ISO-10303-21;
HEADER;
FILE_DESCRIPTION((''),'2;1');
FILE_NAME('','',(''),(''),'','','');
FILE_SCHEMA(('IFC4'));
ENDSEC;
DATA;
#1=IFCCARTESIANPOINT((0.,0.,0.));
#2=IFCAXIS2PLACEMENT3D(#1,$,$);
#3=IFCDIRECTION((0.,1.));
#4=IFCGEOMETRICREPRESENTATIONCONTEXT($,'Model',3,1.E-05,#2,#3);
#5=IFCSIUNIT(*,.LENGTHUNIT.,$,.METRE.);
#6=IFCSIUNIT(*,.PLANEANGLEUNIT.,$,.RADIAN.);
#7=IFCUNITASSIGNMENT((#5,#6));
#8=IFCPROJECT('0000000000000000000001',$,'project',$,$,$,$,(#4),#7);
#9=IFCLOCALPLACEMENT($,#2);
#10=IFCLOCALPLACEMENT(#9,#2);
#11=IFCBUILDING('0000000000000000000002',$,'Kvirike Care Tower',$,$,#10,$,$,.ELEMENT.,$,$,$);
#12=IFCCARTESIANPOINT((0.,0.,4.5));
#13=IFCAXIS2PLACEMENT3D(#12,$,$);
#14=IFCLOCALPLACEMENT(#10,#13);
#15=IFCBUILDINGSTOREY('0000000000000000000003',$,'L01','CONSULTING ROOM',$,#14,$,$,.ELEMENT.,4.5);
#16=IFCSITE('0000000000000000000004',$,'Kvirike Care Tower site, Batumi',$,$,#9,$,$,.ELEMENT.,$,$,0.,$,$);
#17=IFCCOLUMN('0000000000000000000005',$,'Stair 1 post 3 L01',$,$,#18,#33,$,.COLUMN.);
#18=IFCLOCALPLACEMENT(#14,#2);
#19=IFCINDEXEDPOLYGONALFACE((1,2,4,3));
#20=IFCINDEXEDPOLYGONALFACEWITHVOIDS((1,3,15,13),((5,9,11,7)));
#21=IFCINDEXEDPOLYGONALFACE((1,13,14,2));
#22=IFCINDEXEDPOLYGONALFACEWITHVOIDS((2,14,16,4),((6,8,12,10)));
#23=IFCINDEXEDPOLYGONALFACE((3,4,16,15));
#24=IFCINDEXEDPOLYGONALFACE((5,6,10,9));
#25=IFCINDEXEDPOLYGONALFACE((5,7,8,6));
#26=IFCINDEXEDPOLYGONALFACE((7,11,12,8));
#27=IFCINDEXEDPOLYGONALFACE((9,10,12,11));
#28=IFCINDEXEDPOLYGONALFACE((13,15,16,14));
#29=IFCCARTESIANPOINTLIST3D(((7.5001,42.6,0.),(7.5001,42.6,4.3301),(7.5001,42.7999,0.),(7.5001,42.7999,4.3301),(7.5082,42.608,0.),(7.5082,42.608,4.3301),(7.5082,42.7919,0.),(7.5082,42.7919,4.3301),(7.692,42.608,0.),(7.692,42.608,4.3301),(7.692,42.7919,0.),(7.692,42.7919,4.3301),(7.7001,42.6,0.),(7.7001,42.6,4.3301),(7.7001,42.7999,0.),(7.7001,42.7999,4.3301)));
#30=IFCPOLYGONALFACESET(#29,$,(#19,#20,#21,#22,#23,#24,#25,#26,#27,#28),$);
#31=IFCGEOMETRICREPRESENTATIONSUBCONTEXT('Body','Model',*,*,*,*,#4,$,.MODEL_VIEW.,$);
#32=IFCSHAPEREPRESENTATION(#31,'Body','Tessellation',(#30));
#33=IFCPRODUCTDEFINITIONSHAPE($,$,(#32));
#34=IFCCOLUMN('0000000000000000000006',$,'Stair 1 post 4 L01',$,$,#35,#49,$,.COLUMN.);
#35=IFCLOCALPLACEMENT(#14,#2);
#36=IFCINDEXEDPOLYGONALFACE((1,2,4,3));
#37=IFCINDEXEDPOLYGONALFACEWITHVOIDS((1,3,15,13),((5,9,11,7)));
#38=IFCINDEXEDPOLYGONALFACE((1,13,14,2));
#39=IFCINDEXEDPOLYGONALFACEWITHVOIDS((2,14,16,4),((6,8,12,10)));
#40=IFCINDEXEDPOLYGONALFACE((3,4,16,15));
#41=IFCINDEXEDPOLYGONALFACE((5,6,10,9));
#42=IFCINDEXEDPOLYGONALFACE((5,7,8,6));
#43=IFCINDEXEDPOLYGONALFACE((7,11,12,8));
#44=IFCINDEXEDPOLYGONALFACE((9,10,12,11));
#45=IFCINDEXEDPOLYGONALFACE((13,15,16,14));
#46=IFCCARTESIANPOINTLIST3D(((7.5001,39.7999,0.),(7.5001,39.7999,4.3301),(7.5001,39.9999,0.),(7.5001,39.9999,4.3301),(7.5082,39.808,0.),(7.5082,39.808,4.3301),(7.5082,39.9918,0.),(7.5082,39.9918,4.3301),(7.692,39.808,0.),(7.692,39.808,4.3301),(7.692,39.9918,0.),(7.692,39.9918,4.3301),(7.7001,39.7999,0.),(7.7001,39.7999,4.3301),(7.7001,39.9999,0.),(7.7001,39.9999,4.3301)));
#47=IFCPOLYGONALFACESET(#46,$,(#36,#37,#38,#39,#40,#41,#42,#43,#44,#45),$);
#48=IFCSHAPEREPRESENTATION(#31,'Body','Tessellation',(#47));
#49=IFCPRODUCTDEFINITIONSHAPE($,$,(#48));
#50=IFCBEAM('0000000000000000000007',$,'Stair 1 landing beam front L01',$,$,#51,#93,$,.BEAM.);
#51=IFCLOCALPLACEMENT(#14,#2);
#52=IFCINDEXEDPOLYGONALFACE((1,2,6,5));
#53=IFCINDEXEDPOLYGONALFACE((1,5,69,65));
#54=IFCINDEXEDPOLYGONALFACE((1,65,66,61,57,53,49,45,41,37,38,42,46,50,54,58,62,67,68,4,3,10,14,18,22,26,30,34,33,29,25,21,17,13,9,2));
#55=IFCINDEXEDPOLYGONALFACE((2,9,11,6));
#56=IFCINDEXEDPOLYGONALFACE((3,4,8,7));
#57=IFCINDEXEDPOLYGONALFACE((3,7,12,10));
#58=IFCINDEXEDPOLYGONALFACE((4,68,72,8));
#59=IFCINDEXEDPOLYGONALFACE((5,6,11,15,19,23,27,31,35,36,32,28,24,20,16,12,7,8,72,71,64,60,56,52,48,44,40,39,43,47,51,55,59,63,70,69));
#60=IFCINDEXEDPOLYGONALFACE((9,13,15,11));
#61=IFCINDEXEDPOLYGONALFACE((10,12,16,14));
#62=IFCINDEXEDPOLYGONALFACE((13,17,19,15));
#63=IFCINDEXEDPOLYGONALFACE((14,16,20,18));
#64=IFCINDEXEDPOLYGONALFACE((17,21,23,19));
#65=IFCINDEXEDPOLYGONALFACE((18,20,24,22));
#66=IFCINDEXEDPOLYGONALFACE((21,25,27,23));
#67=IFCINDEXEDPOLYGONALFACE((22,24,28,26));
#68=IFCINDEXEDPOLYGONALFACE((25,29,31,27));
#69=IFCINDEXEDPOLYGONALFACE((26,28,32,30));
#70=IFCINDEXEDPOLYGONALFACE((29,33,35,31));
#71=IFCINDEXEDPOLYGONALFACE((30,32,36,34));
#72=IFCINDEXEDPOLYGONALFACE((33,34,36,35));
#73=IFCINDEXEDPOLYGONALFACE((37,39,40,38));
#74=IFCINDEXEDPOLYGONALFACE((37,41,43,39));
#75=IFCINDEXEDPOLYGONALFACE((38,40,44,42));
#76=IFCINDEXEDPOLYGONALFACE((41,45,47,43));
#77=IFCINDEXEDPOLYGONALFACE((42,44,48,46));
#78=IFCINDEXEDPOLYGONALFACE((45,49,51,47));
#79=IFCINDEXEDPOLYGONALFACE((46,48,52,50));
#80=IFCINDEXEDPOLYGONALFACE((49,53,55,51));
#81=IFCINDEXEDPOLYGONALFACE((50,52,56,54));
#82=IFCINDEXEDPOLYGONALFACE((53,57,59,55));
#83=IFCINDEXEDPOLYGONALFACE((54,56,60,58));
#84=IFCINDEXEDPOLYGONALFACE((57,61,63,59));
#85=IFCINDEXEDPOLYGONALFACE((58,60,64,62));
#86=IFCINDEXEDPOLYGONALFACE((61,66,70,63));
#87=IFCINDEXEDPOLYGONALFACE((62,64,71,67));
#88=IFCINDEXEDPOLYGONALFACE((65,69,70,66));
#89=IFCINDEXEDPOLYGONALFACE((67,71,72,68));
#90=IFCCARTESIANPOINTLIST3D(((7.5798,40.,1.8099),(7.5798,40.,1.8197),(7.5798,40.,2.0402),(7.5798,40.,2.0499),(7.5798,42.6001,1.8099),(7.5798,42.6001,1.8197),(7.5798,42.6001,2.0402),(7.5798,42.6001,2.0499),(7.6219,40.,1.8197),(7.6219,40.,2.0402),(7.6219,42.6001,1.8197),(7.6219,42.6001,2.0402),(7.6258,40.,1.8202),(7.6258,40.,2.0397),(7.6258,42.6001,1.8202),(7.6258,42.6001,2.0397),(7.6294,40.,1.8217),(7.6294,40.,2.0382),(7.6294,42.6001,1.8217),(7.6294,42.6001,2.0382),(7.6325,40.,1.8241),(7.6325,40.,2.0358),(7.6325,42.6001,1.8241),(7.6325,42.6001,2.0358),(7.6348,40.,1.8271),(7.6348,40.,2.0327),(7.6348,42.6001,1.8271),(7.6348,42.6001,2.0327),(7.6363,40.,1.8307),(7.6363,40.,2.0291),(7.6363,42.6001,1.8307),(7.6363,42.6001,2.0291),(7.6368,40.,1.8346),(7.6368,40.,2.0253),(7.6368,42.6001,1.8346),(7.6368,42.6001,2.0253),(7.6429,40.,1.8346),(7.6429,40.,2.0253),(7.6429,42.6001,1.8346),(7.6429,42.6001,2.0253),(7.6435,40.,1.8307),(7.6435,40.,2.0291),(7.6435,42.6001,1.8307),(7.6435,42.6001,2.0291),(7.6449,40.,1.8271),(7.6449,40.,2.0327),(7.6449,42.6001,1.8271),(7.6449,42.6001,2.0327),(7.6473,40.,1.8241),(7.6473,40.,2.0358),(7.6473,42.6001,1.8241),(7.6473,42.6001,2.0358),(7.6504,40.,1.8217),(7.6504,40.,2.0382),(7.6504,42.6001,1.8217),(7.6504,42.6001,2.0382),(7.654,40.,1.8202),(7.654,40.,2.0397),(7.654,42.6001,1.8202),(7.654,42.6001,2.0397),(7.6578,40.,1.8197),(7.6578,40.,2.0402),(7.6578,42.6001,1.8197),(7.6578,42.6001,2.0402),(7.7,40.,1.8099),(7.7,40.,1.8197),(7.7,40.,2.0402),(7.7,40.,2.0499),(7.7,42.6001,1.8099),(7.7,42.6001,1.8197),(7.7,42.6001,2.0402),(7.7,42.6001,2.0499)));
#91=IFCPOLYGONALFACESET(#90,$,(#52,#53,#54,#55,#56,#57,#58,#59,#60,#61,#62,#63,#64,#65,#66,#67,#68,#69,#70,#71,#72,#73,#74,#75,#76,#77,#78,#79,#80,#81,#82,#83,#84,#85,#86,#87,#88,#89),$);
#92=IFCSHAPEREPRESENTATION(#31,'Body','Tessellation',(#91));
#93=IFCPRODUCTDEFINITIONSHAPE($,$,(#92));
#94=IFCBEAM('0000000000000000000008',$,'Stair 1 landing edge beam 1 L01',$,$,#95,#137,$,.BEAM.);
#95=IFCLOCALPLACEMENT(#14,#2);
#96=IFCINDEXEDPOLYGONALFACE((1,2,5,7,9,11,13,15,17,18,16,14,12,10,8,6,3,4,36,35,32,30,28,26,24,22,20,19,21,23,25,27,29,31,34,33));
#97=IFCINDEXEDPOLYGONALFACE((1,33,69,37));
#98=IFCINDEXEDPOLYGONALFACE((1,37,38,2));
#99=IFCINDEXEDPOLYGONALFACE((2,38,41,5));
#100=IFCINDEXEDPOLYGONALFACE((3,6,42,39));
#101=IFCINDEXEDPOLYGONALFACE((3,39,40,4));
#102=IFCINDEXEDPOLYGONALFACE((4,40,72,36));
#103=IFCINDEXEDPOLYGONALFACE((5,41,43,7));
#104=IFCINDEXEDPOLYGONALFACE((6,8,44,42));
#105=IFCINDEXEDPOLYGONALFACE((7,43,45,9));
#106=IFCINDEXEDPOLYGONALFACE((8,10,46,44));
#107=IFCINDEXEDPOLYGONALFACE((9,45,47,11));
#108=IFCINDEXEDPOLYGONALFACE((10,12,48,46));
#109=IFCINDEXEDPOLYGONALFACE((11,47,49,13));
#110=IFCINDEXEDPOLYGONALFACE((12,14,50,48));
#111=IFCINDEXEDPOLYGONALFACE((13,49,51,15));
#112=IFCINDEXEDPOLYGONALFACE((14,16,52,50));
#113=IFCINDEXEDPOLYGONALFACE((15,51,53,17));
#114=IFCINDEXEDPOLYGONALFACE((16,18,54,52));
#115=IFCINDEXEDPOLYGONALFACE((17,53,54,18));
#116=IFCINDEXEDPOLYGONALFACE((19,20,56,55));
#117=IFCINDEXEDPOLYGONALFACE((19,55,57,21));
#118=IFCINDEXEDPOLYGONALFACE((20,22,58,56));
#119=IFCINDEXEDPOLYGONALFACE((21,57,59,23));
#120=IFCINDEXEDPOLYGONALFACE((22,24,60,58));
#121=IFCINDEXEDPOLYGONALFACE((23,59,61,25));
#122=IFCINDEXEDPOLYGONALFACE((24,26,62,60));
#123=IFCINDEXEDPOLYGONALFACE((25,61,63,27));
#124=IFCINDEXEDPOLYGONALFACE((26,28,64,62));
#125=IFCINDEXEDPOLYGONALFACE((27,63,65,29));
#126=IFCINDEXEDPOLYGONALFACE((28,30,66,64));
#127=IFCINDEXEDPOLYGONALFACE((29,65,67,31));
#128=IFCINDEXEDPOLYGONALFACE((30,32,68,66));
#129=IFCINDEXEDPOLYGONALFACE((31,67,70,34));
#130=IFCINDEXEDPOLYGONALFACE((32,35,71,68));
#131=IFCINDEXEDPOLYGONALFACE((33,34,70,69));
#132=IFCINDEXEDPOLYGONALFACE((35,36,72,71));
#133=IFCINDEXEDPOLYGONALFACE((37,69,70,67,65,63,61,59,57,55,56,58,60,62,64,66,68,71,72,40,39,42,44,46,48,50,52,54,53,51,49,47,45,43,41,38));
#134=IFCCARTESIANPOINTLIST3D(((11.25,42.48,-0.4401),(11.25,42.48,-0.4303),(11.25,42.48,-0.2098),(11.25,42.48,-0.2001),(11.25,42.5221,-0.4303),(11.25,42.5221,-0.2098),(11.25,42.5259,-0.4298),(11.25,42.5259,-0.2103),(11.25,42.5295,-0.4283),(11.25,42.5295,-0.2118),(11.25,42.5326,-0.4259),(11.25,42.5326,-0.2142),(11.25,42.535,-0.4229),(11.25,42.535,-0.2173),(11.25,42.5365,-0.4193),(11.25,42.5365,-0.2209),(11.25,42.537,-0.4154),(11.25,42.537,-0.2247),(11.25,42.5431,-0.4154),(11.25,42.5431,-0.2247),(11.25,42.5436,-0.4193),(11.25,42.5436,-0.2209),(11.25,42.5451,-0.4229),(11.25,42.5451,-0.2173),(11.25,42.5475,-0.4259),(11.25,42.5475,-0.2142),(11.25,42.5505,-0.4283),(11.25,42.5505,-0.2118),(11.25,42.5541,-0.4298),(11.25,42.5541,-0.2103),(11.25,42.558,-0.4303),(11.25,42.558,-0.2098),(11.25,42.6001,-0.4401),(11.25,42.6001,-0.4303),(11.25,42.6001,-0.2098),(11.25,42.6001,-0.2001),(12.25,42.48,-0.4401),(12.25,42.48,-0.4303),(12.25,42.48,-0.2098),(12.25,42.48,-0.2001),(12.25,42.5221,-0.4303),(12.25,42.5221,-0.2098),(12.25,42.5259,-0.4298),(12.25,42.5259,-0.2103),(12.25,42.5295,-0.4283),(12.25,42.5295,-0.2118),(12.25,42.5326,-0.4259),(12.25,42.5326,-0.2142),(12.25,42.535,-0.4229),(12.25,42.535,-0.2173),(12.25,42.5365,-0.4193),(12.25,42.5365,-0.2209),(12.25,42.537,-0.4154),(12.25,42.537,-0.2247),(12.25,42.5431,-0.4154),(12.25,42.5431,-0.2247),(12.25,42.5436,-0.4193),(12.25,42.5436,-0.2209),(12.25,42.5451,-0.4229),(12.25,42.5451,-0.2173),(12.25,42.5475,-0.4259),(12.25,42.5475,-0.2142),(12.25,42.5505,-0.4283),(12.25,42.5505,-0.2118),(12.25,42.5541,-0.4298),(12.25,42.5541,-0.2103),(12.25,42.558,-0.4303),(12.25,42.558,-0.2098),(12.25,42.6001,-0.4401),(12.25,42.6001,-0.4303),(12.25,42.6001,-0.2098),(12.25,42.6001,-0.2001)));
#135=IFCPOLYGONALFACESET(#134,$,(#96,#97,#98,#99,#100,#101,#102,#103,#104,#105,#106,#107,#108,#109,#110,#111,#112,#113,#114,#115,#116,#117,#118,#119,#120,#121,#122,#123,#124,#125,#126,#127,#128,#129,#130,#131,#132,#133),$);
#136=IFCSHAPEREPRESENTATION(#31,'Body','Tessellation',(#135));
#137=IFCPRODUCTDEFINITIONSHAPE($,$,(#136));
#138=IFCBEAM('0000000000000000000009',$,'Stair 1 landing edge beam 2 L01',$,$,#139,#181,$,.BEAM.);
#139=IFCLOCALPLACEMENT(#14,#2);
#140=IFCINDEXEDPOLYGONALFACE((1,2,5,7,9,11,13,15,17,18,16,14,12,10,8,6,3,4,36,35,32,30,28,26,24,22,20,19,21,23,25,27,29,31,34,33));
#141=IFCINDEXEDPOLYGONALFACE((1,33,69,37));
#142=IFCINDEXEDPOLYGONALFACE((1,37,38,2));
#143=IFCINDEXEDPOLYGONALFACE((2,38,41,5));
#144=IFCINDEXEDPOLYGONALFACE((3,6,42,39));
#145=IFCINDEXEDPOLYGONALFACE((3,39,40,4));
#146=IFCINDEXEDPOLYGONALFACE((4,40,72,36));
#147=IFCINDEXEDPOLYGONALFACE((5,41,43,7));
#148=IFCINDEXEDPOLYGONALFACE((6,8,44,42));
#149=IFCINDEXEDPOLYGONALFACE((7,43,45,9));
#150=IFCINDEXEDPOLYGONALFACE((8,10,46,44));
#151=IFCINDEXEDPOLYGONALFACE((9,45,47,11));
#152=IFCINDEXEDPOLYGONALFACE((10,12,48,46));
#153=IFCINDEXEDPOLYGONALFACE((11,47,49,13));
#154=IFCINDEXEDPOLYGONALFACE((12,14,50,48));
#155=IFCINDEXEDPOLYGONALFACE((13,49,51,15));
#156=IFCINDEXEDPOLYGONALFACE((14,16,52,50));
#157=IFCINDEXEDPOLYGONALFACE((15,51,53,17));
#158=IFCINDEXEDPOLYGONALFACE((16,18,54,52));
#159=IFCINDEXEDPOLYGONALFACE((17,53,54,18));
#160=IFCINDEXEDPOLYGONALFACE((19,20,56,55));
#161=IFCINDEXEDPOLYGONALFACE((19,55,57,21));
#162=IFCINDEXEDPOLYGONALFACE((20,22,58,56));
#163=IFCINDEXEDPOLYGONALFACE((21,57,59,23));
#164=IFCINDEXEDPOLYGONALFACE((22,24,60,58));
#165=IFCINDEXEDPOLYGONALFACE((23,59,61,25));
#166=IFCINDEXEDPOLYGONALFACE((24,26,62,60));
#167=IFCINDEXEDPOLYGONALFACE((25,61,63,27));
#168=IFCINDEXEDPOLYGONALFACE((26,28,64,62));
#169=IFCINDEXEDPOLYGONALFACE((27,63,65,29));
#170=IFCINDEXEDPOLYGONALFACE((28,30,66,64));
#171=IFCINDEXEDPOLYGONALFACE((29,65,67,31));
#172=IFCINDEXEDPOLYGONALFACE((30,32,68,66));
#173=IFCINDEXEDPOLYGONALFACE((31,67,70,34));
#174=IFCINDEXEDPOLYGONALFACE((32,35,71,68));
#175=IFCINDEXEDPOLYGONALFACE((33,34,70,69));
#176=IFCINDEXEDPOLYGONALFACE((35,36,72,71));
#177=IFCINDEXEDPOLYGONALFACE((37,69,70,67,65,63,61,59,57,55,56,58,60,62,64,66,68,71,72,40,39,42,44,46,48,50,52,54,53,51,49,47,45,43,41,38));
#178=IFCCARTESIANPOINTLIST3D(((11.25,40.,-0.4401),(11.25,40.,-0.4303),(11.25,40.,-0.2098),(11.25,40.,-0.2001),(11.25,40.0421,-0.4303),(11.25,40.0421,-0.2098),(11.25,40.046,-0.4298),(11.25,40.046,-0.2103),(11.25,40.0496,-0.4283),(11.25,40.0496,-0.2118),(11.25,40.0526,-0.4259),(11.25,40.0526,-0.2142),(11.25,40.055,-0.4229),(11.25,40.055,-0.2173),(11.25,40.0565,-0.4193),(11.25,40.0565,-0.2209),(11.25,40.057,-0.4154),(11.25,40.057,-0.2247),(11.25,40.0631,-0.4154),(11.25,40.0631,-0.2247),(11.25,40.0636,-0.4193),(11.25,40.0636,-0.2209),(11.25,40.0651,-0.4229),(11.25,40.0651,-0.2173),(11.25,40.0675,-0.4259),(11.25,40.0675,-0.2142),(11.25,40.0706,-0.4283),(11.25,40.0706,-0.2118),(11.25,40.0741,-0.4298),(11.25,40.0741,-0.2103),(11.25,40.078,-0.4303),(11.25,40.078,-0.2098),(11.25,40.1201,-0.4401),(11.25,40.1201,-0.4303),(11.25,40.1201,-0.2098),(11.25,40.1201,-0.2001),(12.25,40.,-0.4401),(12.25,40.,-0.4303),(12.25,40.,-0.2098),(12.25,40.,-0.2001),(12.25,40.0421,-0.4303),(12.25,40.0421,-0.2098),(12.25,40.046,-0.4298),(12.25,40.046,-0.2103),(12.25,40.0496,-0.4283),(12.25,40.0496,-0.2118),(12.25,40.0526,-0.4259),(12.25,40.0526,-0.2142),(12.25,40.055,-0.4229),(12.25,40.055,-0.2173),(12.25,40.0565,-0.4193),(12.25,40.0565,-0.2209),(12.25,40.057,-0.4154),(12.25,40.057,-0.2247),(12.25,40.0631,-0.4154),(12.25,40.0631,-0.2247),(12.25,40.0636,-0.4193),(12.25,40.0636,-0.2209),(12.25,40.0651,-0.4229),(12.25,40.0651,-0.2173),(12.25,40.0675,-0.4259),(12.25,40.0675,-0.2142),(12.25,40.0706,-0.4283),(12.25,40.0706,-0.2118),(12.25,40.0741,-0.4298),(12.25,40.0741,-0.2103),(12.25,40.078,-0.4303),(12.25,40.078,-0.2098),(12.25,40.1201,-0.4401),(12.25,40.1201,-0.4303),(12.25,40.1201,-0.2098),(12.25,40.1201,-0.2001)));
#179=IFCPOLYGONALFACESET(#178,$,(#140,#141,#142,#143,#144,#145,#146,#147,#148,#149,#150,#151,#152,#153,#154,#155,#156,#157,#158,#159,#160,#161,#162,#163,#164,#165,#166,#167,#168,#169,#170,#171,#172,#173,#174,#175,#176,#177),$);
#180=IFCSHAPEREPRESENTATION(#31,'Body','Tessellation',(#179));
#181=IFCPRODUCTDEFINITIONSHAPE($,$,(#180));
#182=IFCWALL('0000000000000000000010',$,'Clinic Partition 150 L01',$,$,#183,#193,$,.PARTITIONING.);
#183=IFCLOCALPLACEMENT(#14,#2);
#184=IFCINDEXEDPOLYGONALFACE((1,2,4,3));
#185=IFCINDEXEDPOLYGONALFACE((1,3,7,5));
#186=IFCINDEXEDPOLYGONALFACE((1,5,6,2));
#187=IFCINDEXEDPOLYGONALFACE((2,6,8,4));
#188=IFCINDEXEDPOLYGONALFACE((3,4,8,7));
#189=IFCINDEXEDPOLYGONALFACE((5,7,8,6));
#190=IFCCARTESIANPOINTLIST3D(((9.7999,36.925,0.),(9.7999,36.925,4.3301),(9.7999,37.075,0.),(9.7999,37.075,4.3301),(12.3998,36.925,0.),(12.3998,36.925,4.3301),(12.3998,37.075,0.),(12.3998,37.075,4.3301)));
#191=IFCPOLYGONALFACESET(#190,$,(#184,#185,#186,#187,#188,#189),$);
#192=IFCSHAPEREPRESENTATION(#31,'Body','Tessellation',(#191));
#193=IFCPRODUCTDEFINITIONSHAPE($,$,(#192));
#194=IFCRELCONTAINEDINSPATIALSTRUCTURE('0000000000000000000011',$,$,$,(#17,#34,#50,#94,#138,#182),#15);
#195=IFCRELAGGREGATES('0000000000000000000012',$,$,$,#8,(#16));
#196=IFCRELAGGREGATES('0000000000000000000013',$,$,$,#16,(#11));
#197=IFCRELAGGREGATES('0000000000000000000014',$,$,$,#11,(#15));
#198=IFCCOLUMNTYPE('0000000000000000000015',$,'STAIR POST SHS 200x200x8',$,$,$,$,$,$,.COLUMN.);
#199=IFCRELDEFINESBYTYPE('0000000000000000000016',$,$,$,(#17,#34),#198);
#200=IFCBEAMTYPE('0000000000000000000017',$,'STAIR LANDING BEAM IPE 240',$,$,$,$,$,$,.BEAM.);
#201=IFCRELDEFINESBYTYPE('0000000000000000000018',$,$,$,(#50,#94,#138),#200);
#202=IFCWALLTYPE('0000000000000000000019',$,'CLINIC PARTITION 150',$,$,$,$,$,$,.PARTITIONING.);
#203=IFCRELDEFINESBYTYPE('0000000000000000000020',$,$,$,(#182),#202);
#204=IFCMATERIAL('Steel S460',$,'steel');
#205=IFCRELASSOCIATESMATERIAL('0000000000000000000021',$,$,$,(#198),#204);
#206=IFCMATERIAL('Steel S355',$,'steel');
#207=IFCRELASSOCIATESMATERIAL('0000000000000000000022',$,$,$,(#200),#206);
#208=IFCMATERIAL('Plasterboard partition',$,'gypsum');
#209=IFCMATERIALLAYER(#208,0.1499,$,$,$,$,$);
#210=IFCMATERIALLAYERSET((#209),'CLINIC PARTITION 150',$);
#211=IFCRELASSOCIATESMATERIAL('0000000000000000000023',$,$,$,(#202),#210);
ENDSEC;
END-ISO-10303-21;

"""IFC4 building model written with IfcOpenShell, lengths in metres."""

from ifc_helpers import new_model, si_unit, direction, frame, frame_2d, origin, origin_2d, place, context, subcontext, project, spatial, rectangle, hollow_rectangle, i_section, extrude, material, layer, layer_set, material_profile, profile_set, type_object, element, save


model = new_model("IFC4")

# Units and contexts
model_context = context("Model", 3, precision=1e-05, world=origin(), true_north=direction((0.0, 1.0)))
body_context = subcontext(model_context, "Body", "Model", "MODEL_VIEW")
ifc_project = project(units=[si_unit("LENGTHUNIT", "METRE"), si_unit("PLANEANGLEUNIT", "RADIAN")], contexts=[model_context])

# Site, building, storey
site_placement = place(None, origin())
site = spatial("IfcSite", under=ifc_project, at=site_placement, Name="Kvirike Care Tower site, Batumi", CompositionType="ELEMENT", RefElevation=0.0)
building_placement = place(site_placement, origin())
building = spatial("IfcBuilding", under=site, at=building_placement, Name="Kvirike Care Tower", CompositionType="ELEMENT")
storey_placement = place(building_placement, frame((0.0, 0.0, 4.5)))
storey = spatial("IfcBuildingStorey", under=building, at=storey_placement, Name="L01", Description="CONSULTING ROOM", CompositionType="ELEMENT", Elevation=4.5)

# Columns
ifc_material_1 = material(Name="Steel S460", Category="steel")
ifc_material_profile_1 = material_profile(ifc_material_1, hollow_rectangle(XDim=0.2, YDim=0.2, WallThickness=0.0081, at=origin_2d()), Name="SHS 200x200x8")
ifc_profile_set_1 = profile_set([ifc_material_profile_1], Name="Steel S460")
column_type = type_object("IfcColumnType", Name="STAIR POST SHS 200x200x8", PredefinedType="COLUMN", material=ifc_profile_set_1)
for number, where, z_axis, x_axis, name in (
    (1, (7.6001, 42.7, 0.0), (0.0, 0.0, 1.0), (1.0, 0.0, 0.0), "Stair 1 post 3 L01"),
    (2, (7.6001, 39.8999, 0.0), (0.0, 0.0, 1.0), (1.0, 0.0, 0.0), "Stair 1 post 4 L01"),
):
    element("IfcColumn", number, at=place(storey_placement, frame(where, z_axis=z_axis, x_axis=x_axis)), inside=storey, type_object=column_type, Name=name, PredefinedType="COLUMN", context=body_context, shape_type="SweptSolid", body=[
        extrude(hollow_rectangle(XDim=0.2, YDim=0.2, WallThickness=0.0081, at=origin_2d()), origin(), (0.0, 0.0, 1.0), 4.3301),
    ])

# Beams
ifc_material_2 = material(Name="Steel S355", Category="steel")
ifc_material_profile_2 = material_profile(ifc_material_2, i_section(OverallWidth=0.1201, OverallDepth=0.24, WebThickness=0.0061, FlangeThickness=0.0098, FilletRadius=0.0149, at=origin_2d()), Name="IPE 240")
ifc_profile_set_2 = profile_set([ifc_material_profile_2], Name="Steel S355")
beam_type = type_object("IfcBeamType", Name="STAIR LANDING BEAM IPE 240", PredefinedType="BEAM", material=ifc_profile_set_2)
beam_placement = place(storey_placement, frame((7.6399, 42.6001, 1.9299), z_axis=(0.0, -1.0, 0.0), x_axis=(1.0, 0.0, 0.0)))
element("IfcBeam", 3, at=beam_placement, inside=storey, type_object=beam_type, Name="Stair 1 landing beam front L01", PredefinedType="BEAM", context=body_context, shape_type="SweptSolid", body=[
    extrude(i_section(OverallWidth=0.1201, OverallDepth=0.24, WebThickness=0.0061, FlangeThickness=0.0098, FilletRadius=0.0149, at=origin_2d()), origin(), (0.0, 0.0, 1.0), 2.6001),
])
for number, where, z_axis, x_axis, name in (
    (4, (11.25, 42.54, -0.3201), (1.0, 0.0, 0.0), (0.0, 1.0, 0.0), "Stair 1 landing edge beam 1 L01"),
    (5, (11.25, 40.0601, -0.3201), (1.0, 0.0, 0.0), (0.0, 1.0, 0.0), "Stair 1 landing edge beam 2 L01"),
):
    element("IfcBeam", number, at=place(storey_placement, frame(where, z_axis=z_axis, x_axis=x_axis)), inside=storey, type_object=beam_type, Name=name, PredefinedType="BEAM", context=body_context, shape_type="SweptSolid", body=[
        extrude(i_section(OverallWidth=0.1201, OverallDepth=0.24, WebThickness=0.0061, FlangeThickness=0.0098, FilletRadius=0.0149, at=origin_2d()), origin(), (0.0, 0.0, 1.0), 1.0),
    ])

# Wall
ifc_material_3 = material(Name="Plasterboard partition", Category="gypsum")
ifc_layer_1 = layer(ifc_material_3, 0.1499)
ifc_layer_set_1 = layer_set([ifc_layer_1], Name="CLINIC PARTITION 150")
wall_type_1 = type_object("IfcWallType", Name="CLINIC PARTITION 150", PredefinedType="PARTITIONING", material=ifc_layer_set_1)
wall_1_placement = place(storey_placement, frame((9.8, 37.0, 0.0), z_axis=(0.0, 0.0, 1.0), x_axis=(1.0, 0.0, 0.0)))
element("IfcWall", 6, at=wall_1_placement, inside=storey, type_object=wall_type_1, Name="Clinic Partition 150 L01", PredefinedType="PARTITIONING", context=body_context, shape_type="SweptSolid", body=[
    extrude(rectangle(XDim=2.5999, YDim=0.1499, at=frame_2d((1.2998, 0.0))), origin(), (0.0, 0.0, 1.0), 4.3301),
])

save(model, "model.ifc")
